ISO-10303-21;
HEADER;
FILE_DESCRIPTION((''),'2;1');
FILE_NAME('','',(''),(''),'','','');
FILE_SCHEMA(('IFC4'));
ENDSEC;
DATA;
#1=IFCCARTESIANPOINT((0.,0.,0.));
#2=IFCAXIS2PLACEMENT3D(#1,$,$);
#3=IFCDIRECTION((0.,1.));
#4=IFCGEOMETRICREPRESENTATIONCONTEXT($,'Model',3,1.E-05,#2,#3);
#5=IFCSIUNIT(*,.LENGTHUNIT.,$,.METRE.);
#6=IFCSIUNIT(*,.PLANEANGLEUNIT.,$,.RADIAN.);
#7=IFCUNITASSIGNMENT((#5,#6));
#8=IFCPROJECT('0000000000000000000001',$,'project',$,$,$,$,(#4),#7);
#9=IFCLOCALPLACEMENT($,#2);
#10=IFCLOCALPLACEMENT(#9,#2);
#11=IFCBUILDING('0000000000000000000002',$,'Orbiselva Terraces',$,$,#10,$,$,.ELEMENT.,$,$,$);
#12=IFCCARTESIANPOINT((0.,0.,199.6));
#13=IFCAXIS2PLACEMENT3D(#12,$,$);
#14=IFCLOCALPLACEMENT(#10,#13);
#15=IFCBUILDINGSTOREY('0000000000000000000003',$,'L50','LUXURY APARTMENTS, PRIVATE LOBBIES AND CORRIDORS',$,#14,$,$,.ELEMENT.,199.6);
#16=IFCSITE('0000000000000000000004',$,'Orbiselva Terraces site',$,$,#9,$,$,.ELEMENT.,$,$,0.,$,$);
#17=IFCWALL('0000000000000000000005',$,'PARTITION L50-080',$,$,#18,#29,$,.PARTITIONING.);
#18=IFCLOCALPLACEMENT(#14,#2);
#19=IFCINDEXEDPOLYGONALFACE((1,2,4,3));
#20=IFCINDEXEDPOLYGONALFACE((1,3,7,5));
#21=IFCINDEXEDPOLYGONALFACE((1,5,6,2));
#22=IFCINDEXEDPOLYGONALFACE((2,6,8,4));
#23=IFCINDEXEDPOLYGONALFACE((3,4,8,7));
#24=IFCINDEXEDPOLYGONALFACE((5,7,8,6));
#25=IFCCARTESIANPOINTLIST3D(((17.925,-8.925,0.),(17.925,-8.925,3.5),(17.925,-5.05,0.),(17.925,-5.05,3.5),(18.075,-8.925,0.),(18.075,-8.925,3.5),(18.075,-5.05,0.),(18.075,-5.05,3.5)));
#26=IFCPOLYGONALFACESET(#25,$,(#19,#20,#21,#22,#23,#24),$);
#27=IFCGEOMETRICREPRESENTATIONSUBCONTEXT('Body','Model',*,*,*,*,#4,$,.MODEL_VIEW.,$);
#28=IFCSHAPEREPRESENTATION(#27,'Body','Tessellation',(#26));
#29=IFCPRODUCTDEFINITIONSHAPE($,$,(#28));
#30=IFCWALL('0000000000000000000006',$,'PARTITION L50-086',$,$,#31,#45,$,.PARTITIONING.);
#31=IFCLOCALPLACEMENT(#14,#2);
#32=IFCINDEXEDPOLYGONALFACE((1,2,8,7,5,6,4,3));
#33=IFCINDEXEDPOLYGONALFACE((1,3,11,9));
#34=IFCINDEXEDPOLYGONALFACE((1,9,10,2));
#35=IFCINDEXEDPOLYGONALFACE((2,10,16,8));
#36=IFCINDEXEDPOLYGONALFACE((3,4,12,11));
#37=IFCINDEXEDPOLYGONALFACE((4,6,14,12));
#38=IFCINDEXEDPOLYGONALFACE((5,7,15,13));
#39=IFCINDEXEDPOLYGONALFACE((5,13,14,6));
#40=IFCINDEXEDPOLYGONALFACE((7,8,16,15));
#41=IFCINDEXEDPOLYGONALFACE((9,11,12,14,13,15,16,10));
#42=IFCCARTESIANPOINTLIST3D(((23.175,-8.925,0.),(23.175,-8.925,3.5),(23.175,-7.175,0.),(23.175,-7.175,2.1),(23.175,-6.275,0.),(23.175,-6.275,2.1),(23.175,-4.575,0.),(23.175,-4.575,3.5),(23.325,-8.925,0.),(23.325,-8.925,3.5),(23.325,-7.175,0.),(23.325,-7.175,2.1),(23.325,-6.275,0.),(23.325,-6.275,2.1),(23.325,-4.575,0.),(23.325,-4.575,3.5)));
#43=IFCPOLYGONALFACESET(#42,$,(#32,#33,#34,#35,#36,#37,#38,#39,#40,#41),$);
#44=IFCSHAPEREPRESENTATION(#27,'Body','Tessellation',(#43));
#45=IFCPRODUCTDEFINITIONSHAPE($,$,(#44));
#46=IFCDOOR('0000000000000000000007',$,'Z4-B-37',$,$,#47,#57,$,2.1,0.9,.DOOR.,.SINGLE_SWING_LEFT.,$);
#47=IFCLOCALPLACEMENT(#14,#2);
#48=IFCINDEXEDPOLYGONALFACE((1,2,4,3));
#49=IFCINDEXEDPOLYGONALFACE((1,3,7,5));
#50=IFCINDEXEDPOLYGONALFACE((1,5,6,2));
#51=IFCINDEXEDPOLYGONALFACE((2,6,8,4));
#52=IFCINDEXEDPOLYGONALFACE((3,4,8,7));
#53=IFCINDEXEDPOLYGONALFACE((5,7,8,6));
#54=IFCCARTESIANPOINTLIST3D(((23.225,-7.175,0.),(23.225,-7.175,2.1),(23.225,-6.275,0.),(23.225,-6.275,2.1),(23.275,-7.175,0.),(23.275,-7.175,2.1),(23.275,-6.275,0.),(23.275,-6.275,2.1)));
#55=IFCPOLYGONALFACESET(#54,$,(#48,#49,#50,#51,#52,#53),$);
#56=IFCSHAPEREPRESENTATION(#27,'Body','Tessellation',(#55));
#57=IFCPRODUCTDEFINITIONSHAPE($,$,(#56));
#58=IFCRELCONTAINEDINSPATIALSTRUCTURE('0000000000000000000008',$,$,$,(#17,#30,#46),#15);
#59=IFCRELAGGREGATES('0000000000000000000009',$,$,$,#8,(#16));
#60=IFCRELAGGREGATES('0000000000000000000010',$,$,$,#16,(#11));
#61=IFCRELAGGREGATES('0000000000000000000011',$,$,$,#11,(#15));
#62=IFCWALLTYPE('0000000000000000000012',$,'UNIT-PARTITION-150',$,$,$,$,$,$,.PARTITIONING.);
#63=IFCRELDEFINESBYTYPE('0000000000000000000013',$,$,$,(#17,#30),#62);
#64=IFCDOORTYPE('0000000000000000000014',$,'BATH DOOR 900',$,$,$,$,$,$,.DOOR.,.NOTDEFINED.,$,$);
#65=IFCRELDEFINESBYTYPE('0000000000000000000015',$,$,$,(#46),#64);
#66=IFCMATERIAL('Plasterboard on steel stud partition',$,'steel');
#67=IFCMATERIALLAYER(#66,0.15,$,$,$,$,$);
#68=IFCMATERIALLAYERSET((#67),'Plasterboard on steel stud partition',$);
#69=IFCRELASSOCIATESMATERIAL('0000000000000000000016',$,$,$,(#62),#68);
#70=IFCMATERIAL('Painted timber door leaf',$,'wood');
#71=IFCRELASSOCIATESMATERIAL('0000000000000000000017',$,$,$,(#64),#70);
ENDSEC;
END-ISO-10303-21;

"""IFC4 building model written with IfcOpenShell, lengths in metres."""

from ifc_helpers import new_model, si_unit, direction, frame, frame_2d, origin, place, context, subcontext, project, spatial, rectangle, extrude, material, layer, layer_set, type_object, element, fill, save


model = new_model("IFC4")

# Units and contexts
model_context = context("Model", 3, precision=1e-05, world=origin(), true_north=direction((0.0, 1.0)))
body_context = subcontext(model_context, "Body", "Model", "MODEL_VIEW")
ifc_project = project(units=[si_unit("LENGTHUNIT", "METRE"), si_unit("PLANEANGLEUNIT", "RADIAN")], contexts=[model_context])

# Site, building, storey
site_placement = place(None, origin())
site = spatial("IfcSite", under=ifc_project, at=site_placement, Name="Orbiselva Terraces site", CompositionType="ELEMENT", RefElevation=0.0)
building_placement = place(site_placement, origin())
building = spatial("IfcBuilding", under=site, at=building_placement, Name="Orbiselva Terraces", CompositionType="ELEMENT")
storey_placement = place(building_placement, frame((0.0, 0.0, 199.6)))
storey = spatial("IfcBuildingStorey", under=building, at=storey_placement, Name="L50", Description="LUXURY APARTMENTS, PRIVATE LOBBIES AND CORRIDORS", CompositionType="ELEMENT", Elevation=199.6)

# Shared definitions
ifc_material_1 = material(Name="Plasterboard on steel stud partition", Category="steel")
ifc_layer_1 = layer(ifc_material_1, 0.15)
ifc_layer_set_1 = layer_set([ifc_layer_1], Name="Plasterboard on steel stud partition")
wall_type_1 = type_object("IfcWallType", Name="UNIT-PARTITION-150", PredefinedType="PARTITIONING", material=ifc_layer_set_1)

# Shared definitions
ifc_material_2 = material(Name="Painted timber door leaf", Category="wood")

# Wall
wall_1_placement = place(storey_placement, frame((18.0, -8.925, 0.0), z_axis=(0.0, 0.0, 1.0), x_axis=(0.0, 1.0, 0.0)))
element("IfcWall", 1, at=wall_1_placement, inside=storey, type_object=wall_type_1, Name="PARTITION L50-080", PredefinedType="PARTITIONING", context=body_context, shape_type="SweptSolid", body=[
    extrude(rectangle(XDim=3.875, YDim=0.15, at=frame_2d((1.9375, 0.0))), origin(), (0.0, 0.0, 1.0), 3.5),
])

# Wall, opening, door
wall_2_placement = place(storey_placement, frame((23.25, -4.575, 0.0), z_axis=(0.0, 0.0, 1.0), x_axis=(0.0, -1.0, 0.0)))
wall_2 = element("IfcWall", 2, at=wall_2_placement, inside=storey, type_object=wall_type_1, Name="PARTITION L50-086", PredefinedType="PARTITIONING", context=body_context, shape_type="SweptSolid", body=[
    extrude(rectangle(XDim=4.35, YDim=0.15, at=frame_2d((2.175, 0.0))), origin(), (0.0, 0.0, 1.0), 3.5),
])
opening_1_placement = place(wall_2_placement, frame((1.7, 0.0, 0.0)))
opening_1 = element("IfcOpeningElement", 3, at=opening_1_placement, cuts=wall_2, PredefinedType="OPENING", context=body_context, shape_type="SweptSolid", body=[
    extrude(rectangle(XDim=0.9, YDim=2.1, at=frame_2d((0.45, 1.05))), frame((0.0, 0.085, 0.0), z_axis=(0.0, -1.0, 0.0), x_axis=(1.0, 0.0, 0.0)), (0.0, 0.0, 1.0), 0.17),
])
door_type_1 = type_object("IfcDoorType", Name="BATH DOOR 900", OperationType="NOTDEFINED", PredefinedType="DOOR", material=ifc_material_2)
door_1_placement = place(opening_1_placement, origin())
door_1 = element("IfcDoor", 4, at=door_1_placement, inside=storey, type_object=door_type_1, Name="Z4-B-37", OperationType="SINGLE_SWING_LEFT", OverallHeight=2.1, OverallWidth=0.9, PredefinedType="DOOR", context=body_context, shape_type="SweptSolid", body=[
    extrude(rectangle(XDim=0.9, YDim=2.1, at=frame_2d((0.45, 1.05))), frame((0.0, 0.025, 0.0), z_axis=(0.0, -1.0, 0.0), x_axis=(1.0, 0.0, 0.0)), (0.0, 0.0, 1.0), 0.05),
])
fill(opening_1, door_1)

save(model, "model.ifc")
